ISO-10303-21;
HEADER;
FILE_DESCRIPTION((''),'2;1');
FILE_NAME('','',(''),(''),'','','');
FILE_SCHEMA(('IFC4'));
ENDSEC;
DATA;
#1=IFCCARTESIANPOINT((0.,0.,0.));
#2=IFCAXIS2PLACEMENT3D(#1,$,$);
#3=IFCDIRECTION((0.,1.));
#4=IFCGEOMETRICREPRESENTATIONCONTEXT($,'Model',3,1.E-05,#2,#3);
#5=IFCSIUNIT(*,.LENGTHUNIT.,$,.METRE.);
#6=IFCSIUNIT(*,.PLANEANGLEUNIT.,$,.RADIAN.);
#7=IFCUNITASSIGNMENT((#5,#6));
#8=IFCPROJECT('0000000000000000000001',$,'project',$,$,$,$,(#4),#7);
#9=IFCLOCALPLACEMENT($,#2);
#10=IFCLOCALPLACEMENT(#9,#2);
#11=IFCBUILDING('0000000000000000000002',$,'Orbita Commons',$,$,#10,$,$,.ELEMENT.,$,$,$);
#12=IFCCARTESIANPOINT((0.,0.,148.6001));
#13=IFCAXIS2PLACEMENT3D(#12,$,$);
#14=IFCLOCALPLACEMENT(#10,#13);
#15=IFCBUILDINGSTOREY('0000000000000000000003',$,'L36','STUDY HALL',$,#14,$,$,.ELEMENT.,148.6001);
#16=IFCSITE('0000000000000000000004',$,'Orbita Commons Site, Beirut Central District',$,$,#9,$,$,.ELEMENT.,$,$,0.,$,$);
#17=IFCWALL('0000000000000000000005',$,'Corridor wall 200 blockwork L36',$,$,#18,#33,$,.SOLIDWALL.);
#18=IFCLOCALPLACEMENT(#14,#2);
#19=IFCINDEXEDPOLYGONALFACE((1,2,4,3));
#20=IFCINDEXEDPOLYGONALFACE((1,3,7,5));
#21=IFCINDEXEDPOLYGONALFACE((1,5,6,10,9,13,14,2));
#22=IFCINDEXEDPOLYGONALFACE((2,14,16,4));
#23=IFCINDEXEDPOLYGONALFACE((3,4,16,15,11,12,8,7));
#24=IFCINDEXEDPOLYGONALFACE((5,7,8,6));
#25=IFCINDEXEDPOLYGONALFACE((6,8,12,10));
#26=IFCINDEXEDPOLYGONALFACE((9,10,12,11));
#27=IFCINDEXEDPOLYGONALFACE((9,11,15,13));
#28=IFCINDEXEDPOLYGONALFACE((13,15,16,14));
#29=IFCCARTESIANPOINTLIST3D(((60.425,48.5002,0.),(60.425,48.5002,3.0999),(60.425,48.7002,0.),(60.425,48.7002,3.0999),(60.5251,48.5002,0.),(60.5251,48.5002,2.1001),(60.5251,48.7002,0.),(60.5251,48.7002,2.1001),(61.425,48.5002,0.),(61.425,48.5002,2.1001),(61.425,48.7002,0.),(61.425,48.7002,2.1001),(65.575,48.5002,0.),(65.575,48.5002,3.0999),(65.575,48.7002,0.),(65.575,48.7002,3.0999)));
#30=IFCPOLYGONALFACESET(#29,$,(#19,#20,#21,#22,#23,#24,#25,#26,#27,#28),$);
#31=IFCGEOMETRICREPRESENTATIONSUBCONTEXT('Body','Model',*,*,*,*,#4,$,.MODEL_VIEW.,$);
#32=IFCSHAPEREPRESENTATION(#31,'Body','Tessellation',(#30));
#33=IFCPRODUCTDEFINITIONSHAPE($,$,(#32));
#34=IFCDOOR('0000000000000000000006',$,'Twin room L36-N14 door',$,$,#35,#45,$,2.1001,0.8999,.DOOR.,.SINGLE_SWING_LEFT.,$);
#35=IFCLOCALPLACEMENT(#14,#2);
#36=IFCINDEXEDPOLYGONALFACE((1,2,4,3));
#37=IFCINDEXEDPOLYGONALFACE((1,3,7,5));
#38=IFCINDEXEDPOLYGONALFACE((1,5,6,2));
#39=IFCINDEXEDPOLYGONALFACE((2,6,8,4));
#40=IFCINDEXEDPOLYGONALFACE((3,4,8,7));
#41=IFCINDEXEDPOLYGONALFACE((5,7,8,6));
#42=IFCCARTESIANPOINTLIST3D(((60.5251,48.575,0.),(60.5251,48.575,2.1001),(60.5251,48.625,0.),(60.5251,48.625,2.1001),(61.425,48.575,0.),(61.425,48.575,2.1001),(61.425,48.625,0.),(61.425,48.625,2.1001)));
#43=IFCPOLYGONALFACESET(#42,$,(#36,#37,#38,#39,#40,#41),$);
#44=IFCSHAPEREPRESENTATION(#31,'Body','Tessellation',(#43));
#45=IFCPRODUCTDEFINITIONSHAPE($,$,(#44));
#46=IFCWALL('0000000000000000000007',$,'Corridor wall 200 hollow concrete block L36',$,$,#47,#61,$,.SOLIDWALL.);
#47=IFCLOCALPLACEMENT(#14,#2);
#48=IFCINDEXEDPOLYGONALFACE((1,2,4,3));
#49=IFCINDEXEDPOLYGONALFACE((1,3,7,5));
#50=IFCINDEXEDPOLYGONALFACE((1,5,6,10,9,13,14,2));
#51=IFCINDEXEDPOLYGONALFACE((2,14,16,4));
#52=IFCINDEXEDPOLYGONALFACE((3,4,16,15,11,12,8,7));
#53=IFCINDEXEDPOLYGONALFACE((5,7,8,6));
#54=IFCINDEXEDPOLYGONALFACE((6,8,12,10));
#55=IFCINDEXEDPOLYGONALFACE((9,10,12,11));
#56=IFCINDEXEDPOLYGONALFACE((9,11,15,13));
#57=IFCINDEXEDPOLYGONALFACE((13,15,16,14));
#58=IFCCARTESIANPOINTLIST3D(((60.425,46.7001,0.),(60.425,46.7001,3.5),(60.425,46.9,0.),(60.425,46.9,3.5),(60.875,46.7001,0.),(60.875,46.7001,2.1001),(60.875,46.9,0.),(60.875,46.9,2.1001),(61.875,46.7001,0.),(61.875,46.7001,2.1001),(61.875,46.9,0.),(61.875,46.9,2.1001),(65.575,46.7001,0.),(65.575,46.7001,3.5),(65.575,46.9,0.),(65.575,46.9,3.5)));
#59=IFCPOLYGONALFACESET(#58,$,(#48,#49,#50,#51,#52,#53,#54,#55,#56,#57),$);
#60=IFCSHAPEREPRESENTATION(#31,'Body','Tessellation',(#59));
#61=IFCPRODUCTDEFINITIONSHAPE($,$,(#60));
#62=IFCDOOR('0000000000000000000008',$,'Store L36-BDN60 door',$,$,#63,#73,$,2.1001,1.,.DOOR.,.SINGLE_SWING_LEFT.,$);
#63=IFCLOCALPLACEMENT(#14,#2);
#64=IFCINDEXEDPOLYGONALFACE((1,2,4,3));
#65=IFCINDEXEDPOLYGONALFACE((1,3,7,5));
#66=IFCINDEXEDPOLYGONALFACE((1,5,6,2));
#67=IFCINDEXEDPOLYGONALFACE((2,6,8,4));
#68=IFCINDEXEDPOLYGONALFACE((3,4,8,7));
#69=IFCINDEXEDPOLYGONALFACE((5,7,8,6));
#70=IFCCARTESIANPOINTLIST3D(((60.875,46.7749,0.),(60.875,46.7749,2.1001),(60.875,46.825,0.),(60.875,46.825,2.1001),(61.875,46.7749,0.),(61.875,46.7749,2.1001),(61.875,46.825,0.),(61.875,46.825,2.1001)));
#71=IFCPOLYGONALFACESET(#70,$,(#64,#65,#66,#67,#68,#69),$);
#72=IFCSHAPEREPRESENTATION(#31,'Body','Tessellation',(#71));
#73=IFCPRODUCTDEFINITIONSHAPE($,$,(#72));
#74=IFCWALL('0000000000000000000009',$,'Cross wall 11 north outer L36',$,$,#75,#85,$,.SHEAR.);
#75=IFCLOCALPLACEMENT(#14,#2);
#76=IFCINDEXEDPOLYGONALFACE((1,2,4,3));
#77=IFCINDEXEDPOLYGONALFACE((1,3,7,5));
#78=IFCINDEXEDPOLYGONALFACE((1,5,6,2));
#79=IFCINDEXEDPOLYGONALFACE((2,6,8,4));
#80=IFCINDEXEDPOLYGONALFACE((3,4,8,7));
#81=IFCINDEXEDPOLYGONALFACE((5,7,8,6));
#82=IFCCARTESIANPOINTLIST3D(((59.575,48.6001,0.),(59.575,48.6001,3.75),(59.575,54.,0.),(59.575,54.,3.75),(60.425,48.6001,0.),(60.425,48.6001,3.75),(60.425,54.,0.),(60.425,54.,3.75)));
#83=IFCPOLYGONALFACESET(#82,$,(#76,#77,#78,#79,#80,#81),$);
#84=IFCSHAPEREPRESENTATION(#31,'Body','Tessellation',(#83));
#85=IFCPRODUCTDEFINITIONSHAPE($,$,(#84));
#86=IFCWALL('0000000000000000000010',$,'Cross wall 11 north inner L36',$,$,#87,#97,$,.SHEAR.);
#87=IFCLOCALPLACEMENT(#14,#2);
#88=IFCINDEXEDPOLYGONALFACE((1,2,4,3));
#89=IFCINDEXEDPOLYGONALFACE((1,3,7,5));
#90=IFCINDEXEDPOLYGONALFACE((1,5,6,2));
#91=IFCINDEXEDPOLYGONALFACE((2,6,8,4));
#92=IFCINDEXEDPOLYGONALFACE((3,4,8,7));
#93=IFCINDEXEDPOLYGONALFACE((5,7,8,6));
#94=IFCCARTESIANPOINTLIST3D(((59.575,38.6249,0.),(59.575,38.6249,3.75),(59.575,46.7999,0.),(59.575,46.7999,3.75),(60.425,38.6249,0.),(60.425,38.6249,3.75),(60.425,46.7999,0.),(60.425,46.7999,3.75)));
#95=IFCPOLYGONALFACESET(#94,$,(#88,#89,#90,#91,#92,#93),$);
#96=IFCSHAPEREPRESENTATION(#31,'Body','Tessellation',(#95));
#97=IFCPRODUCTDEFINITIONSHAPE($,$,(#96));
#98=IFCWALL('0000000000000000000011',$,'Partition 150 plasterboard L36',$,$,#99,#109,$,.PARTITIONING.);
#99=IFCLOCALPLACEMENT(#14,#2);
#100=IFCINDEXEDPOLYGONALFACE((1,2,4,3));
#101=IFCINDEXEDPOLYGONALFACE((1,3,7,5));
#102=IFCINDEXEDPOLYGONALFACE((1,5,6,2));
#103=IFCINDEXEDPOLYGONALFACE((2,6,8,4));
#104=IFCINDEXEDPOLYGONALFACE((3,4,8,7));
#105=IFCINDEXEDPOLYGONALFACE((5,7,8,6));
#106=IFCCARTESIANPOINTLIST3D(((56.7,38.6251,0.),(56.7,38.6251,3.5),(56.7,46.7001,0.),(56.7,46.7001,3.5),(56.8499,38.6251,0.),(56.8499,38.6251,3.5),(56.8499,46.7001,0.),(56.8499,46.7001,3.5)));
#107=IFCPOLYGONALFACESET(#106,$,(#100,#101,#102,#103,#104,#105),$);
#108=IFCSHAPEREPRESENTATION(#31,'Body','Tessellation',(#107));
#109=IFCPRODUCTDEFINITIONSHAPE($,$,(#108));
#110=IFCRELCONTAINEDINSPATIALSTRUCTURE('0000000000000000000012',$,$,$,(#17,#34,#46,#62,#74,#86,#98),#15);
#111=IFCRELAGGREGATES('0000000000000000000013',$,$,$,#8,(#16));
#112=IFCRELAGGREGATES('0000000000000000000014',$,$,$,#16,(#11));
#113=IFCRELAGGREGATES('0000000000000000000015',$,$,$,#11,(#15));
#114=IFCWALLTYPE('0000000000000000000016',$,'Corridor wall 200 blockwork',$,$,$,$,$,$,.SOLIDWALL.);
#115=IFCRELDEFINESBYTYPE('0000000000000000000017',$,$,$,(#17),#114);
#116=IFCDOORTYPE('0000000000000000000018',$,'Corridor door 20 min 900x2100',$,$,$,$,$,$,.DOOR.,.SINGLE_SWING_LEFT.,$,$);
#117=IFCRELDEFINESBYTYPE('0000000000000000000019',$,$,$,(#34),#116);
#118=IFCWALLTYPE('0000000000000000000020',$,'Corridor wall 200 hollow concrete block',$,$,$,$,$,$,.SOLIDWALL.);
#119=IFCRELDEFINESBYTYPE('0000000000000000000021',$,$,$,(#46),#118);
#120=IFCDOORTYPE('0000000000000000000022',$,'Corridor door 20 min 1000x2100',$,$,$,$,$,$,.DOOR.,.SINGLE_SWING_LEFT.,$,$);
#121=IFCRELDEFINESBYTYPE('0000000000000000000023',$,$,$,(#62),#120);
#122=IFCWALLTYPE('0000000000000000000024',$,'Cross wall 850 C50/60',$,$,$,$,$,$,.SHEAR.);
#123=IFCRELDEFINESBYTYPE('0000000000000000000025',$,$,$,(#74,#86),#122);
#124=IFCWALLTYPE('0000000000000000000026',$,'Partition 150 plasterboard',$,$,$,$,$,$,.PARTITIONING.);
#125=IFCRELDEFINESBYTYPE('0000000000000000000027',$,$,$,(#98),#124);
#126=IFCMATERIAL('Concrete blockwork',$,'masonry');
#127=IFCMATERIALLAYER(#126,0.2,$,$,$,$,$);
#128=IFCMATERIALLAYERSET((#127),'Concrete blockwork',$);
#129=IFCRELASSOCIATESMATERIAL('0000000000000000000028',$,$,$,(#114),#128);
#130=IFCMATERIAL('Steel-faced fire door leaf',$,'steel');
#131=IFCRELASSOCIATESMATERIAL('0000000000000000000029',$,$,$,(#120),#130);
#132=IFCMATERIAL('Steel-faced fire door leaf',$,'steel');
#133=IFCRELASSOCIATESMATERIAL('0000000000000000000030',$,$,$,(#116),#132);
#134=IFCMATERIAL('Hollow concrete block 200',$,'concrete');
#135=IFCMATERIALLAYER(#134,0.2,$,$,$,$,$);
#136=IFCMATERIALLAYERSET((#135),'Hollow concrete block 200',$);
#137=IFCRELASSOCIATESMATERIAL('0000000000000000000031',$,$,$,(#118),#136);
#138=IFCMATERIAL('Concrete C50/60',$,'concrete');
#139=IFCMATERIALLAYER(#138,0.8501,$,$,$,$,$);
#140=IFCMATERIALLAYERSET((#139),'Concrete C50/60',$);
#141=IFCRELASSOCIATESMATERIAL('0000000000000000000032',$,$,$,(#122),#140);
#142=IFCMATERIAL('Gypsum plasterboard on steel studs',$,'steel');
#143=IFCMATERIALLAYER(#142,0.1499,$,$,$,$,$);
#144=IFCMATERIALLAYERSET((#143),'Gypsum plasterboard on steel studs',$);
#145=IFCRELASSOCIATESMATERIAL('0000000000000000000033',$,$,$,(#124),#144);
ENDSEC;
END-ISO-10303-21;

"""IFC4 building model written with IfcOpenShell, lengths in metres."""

from ifc_helpers import new_model, si_unit, direction, frame, frame_2d, origin, place, context, subcontext, project, spatial, polyline, rectangle, outline, extrude, material, layer, layer_set, type_object, element, fill, save


model = new_model("IFC4")

# Units and contexts
model_context = context("Model", 3, precision=1e-05, world=origin(), true_north=direction((0.0, 1.0)))
body_context = subcontext(model_context, "Body", "Model", "MODEL_VIEW")
ifc_project = project(units=[si_unit("LENGTHUNIT", "METRE"), si_unit("PLANEANGLEUNIT", "RADIAN")], contexts=[model_context])

# Site, building, storey
site_placement = place(None, origin())
site = spatial("IfcSite", under=ifc_project, at=site_placement, Name="Orbita Commons Site, Beirut Central District", CompositionType="ELEMENT", RefElevation=0.0)
building_placement = place(site_placement, origin())
building = spatial("IfcBuilding", under=site, at=building_placement, Name="Orbita Commons", CompositionType="ELEMENT")
storey_placement = place(building_placement, frame((0.0, 0.0, 148.6001)))
storey = spatial("IfcBuildingStorey", under=building, at=storey_placement, Name="L36", Description="STUDY HALL", CompositionType="ELEMENT", Elevation=148.6001)

# Walls, openings, doors
ifc_material_1 = material(Name="Concrete blockwork", Category="masonry")
ifc_layer_1 = layer(ifc_material_1, 0.2)
ifc_layer_set_1 = layer_set([ifc_layer_1], Name="Concrete blockwork")
wall_type_1 = type_object("IfcWallType", Name="Corridor wall 200 blockwork", PredefinedType="SOLIDWALL", material=ifc_layer_set_1)
ifc_material_2 = material(Name="Steel-faced fire door leaf", Category="steel")
door_type_1 = type_object("IfcDoorType", Name="Corridor door 20 min 1000x2100", OperationType="SINGLE_SWING_LEFT", PredefinedType="DOOR", material=ifc_material_2)
wall_1_placement = place(storey_placement, frame((60.425, 48.6001, 0.0), z_axis=(0.0, 0.0, 1.0), x_axis=(1.0, 0.0, 0.0)))
wall_1 = element("IfcWall", 1, at=wall_1_placement, inside=storey, type_object=wall_type_1, Name="Corridor wall 200 blockwork L36", PredefinedType="SOLIDWALL", context=body_context, shape_type="SweptSolid", body=[
    extrude(outline(polyline([(0.0, 0.0), (5.1499, 0.0), (5.1499, 3.0999), (0.0, 3.0999), (0.0, 0.0)])), frame((0.0, 0.1001, 0.0), z_axis=(0.0, -1.0, 0.0), x_axis=(1.0, 0.0, 0.0)), (0.0, 0.0, 1.0), 0.2),
])
opening_1_placement = place(wall_1_placement, frame((0.1001, 0.0, 0.0)))
opening_1 = element("IfcOpeningElement", 2, at=opening_1_placement, cuts=wall_1, PredefinedType="OPENING", context=body_context, shape_type="SweptSolid", body=[
    extrude(rectangle(XDim=0.8999, YDim=2.1001, at=frame_2d((0.45, 1.05))), frame((0.0, 0.1099, 0.0), z_axis=(0.0, -1.0, 0.0), x_axis=(1.0, 0.0, 0.0)), (0.0, 0.0, 1.0), 0.22),
])
ifc_material_3 = material(Name="Steel-faced fire door leaf", Category="steel")
door_type_2 = type_object("IfcDoorType", Name="Corridor door 20 min 900x2100", OperationType="SINGLE_SWING_LEFT", PredefinedType="DOOR", material=ifc_material_3)
door_1_placement = place(opening_1_placement, origin())
door_1 = element("IfcDoor", 3, at=door_1_placement, inside=storey, type_object=door_type_2, Name="Twin room L36-N14 door", OperationType="SINGLE_SWING_LEFT", OverallHeight=2.1001, OverallWidth=0.8999, PredefinedType="DOOR", context=body_context, shape_type="SweptSolid", body=[
    extrude(rectangle(XDim=0.8999, YDim=2.1001, at=frame_2d((0.45, 1.05))), frame((0.0, 0.0249, 0.0), z_axis=(0.0, -1.0, 0.0), x_axis=(1.0, 0.0, 0.0)), (0.0, 0.0, 1.0), 0.05),
])
fill(opening_1, door_1)
ifc_material_4 = material(Name="Hollow concrete block 200", Category="concrete")
ifc_layer_2 = layer(ifc_material_4, 0.2)
ifc_layer_set_2 = layer_set([ifc_layer_2], Name="Hollow concrete block 200")
wall_type_2 = type_object("IfcWallType", Name="Corridor wall 200 hollow concrete block", PredefinedType="SOLIDWALL", material=ifc_layer_set_2)
wall_2_placement = place(storey_placement, frame((60.425, 46.8, 0.0), z_axis=(0.0, 0.0, 1.0), x_axis=(1.0, 0.0, 0.0)))
wall_2 = element("IfcWall", 4, at=wall_2_placement, inside=storey, type_object=wall_type_2, Name="Corridor wall 200 hollow concrete block L36", PredefinedType="SOLIDWALL", context=body_context, shape_type="SweptSolid", body=[
    extrude(rectangle(XDim=5.1499, YDim=0.2, at=frame_2d((2.575, 0.0))), origin(), (0.0, 0.0, 1.0), 3.5),
])
opening_2_placement = place(wall_2_placement, frame((0.45, 0.0, 0.0)))
opening_2 = element("IfcOpeningElement", 5, at=opening_2_placement, cuts=wall_2, PredefinedType="OPENING", context=body_context, shape_type="SweptSolid", body=[
    extrude(rectangle(XDim=1.0, YDim=2.1001, at=frame_2d((0.5, 1.05))), frame((0.0, 0.1099, 0.0), z_axis=(0.0, -1.0, 0.0), x_axis=(1.0, 0.0, 0.0)), (0.0, 0.0, 1.0), 0.22),
])
door_2_placement = place(opening_2_placement, origin())
door_2 = element("IfcDoor", 6, at=door_2_placement, inside=storey, type_object=door_type_1, Name="Store L36-BDN60 door", OperationType="SINGLE_SWING_LEFT", OverallHeight=2.1001, OverallWidth=1.0, PredefinedType="DOOR", context=body_context, shape_type="SweptSolid", body=[
    extrude(rectangle(XDim=1.0, YDim=2.1001, at=frame_2d((0.5, 1.05))), frame((0.0, 0.0249, 0.0), z_axis=(0.0, -1.0, 0.0), x_axis=(1.0, 0.0, 0.0)), (0.0, 0.0, 1.0), 0.05),
])
fill(opening_2, door_2)

# Walls
ifc_material_5 = material(Name="Concrete C50/60", Category="concrete")
ifc_layer_3 = layer(ifc_material_5, 0.8501)
ifc_layer_set_3 = layer_set([ifc_layer_3], Name="Concrete C50/60")
wall_type_3 = type_object("IfcWallType", Name="Cross wall 850 C50/60", PredefinedType="SHEAR", material=ifc_layer_set_3)
wall_3_placement = place(storey_placement, frame((60.0, 48.6001, 0.0), z_axis=(0.0, 0.0, 1.0), x_axis=(0.0, 1.0, 0.0)))
element("IfcWall", 7, at=wall_3_placement, inside=storey, type_object=wall_type_3, Name="Cross wall 11 north outer L36", PredefinedType="SHEAR", context=body_context, shape_type="SweptSolid", body=[
    extrude(rectangle(XDim=5.3999, YDim=0.8501, at=frame_2d((2.7, 0.0))), origin(), (0.0, 0.0, 1.0), 3.75),
])
wall_4_placement = place(storey_placement, frame((60.0, 38.625, 0.0), z_axis=(0.0, 0.0, 1.0), x_axis=(0.0, 1.0, 0.0)))
element("IfcWall", 8, at=wall_4_placement, inside=storey, type_object=wall_type_3, Name="Cross wall 11 north inner L36", PredefinedType="SHEAR", context=body_context, shape_type="SweptSolid", body=[
    extrude(rectangle(XDim=8.175, YDim=0.8501, at=frame_2d((4.0874, 0.0))), origin(), (0.0, 0.0, 1.0), 3.75),
])
ifc_material_6 = material(Name="Gypsum plasterboard on steel studs", Category="steel")
ifc_layer_4 = layer(ifc_material_6, 0.1499)
ifc_layer_set_4 = layer_set([ifc_layer_4], Name="Gypsum plasterboard on steel studs")
wall_type_4 = type_object("IfcWallType", Name="Partition 150 plasterboard", PredefinedType="PARTITIONING", material=ifc_layer_set_4)
wall_5_placement = place(storey_placement, frame((56.7749, 38.625, 0.0), z_axis=(0.0, 0.0, 1.0), x_axis=(0.0, 1.0, 0.0)))
element("IfcWall", 9, at=wall_5_placement, inside=storey, type_object=wall_type_4, Name="Partition 150 plasterboard L36", PredefinedType="PARTITIONING", context=body_context, shape_type="SweptSolid", body=[
    extrude(rectangle(XDim=8.075, YDim=0.1499, at=frame_2d((4.0376, 0.0))), origin(), (0.0, 0.0, 1.0), 3.5),
])

save(model, "model.ifc")
